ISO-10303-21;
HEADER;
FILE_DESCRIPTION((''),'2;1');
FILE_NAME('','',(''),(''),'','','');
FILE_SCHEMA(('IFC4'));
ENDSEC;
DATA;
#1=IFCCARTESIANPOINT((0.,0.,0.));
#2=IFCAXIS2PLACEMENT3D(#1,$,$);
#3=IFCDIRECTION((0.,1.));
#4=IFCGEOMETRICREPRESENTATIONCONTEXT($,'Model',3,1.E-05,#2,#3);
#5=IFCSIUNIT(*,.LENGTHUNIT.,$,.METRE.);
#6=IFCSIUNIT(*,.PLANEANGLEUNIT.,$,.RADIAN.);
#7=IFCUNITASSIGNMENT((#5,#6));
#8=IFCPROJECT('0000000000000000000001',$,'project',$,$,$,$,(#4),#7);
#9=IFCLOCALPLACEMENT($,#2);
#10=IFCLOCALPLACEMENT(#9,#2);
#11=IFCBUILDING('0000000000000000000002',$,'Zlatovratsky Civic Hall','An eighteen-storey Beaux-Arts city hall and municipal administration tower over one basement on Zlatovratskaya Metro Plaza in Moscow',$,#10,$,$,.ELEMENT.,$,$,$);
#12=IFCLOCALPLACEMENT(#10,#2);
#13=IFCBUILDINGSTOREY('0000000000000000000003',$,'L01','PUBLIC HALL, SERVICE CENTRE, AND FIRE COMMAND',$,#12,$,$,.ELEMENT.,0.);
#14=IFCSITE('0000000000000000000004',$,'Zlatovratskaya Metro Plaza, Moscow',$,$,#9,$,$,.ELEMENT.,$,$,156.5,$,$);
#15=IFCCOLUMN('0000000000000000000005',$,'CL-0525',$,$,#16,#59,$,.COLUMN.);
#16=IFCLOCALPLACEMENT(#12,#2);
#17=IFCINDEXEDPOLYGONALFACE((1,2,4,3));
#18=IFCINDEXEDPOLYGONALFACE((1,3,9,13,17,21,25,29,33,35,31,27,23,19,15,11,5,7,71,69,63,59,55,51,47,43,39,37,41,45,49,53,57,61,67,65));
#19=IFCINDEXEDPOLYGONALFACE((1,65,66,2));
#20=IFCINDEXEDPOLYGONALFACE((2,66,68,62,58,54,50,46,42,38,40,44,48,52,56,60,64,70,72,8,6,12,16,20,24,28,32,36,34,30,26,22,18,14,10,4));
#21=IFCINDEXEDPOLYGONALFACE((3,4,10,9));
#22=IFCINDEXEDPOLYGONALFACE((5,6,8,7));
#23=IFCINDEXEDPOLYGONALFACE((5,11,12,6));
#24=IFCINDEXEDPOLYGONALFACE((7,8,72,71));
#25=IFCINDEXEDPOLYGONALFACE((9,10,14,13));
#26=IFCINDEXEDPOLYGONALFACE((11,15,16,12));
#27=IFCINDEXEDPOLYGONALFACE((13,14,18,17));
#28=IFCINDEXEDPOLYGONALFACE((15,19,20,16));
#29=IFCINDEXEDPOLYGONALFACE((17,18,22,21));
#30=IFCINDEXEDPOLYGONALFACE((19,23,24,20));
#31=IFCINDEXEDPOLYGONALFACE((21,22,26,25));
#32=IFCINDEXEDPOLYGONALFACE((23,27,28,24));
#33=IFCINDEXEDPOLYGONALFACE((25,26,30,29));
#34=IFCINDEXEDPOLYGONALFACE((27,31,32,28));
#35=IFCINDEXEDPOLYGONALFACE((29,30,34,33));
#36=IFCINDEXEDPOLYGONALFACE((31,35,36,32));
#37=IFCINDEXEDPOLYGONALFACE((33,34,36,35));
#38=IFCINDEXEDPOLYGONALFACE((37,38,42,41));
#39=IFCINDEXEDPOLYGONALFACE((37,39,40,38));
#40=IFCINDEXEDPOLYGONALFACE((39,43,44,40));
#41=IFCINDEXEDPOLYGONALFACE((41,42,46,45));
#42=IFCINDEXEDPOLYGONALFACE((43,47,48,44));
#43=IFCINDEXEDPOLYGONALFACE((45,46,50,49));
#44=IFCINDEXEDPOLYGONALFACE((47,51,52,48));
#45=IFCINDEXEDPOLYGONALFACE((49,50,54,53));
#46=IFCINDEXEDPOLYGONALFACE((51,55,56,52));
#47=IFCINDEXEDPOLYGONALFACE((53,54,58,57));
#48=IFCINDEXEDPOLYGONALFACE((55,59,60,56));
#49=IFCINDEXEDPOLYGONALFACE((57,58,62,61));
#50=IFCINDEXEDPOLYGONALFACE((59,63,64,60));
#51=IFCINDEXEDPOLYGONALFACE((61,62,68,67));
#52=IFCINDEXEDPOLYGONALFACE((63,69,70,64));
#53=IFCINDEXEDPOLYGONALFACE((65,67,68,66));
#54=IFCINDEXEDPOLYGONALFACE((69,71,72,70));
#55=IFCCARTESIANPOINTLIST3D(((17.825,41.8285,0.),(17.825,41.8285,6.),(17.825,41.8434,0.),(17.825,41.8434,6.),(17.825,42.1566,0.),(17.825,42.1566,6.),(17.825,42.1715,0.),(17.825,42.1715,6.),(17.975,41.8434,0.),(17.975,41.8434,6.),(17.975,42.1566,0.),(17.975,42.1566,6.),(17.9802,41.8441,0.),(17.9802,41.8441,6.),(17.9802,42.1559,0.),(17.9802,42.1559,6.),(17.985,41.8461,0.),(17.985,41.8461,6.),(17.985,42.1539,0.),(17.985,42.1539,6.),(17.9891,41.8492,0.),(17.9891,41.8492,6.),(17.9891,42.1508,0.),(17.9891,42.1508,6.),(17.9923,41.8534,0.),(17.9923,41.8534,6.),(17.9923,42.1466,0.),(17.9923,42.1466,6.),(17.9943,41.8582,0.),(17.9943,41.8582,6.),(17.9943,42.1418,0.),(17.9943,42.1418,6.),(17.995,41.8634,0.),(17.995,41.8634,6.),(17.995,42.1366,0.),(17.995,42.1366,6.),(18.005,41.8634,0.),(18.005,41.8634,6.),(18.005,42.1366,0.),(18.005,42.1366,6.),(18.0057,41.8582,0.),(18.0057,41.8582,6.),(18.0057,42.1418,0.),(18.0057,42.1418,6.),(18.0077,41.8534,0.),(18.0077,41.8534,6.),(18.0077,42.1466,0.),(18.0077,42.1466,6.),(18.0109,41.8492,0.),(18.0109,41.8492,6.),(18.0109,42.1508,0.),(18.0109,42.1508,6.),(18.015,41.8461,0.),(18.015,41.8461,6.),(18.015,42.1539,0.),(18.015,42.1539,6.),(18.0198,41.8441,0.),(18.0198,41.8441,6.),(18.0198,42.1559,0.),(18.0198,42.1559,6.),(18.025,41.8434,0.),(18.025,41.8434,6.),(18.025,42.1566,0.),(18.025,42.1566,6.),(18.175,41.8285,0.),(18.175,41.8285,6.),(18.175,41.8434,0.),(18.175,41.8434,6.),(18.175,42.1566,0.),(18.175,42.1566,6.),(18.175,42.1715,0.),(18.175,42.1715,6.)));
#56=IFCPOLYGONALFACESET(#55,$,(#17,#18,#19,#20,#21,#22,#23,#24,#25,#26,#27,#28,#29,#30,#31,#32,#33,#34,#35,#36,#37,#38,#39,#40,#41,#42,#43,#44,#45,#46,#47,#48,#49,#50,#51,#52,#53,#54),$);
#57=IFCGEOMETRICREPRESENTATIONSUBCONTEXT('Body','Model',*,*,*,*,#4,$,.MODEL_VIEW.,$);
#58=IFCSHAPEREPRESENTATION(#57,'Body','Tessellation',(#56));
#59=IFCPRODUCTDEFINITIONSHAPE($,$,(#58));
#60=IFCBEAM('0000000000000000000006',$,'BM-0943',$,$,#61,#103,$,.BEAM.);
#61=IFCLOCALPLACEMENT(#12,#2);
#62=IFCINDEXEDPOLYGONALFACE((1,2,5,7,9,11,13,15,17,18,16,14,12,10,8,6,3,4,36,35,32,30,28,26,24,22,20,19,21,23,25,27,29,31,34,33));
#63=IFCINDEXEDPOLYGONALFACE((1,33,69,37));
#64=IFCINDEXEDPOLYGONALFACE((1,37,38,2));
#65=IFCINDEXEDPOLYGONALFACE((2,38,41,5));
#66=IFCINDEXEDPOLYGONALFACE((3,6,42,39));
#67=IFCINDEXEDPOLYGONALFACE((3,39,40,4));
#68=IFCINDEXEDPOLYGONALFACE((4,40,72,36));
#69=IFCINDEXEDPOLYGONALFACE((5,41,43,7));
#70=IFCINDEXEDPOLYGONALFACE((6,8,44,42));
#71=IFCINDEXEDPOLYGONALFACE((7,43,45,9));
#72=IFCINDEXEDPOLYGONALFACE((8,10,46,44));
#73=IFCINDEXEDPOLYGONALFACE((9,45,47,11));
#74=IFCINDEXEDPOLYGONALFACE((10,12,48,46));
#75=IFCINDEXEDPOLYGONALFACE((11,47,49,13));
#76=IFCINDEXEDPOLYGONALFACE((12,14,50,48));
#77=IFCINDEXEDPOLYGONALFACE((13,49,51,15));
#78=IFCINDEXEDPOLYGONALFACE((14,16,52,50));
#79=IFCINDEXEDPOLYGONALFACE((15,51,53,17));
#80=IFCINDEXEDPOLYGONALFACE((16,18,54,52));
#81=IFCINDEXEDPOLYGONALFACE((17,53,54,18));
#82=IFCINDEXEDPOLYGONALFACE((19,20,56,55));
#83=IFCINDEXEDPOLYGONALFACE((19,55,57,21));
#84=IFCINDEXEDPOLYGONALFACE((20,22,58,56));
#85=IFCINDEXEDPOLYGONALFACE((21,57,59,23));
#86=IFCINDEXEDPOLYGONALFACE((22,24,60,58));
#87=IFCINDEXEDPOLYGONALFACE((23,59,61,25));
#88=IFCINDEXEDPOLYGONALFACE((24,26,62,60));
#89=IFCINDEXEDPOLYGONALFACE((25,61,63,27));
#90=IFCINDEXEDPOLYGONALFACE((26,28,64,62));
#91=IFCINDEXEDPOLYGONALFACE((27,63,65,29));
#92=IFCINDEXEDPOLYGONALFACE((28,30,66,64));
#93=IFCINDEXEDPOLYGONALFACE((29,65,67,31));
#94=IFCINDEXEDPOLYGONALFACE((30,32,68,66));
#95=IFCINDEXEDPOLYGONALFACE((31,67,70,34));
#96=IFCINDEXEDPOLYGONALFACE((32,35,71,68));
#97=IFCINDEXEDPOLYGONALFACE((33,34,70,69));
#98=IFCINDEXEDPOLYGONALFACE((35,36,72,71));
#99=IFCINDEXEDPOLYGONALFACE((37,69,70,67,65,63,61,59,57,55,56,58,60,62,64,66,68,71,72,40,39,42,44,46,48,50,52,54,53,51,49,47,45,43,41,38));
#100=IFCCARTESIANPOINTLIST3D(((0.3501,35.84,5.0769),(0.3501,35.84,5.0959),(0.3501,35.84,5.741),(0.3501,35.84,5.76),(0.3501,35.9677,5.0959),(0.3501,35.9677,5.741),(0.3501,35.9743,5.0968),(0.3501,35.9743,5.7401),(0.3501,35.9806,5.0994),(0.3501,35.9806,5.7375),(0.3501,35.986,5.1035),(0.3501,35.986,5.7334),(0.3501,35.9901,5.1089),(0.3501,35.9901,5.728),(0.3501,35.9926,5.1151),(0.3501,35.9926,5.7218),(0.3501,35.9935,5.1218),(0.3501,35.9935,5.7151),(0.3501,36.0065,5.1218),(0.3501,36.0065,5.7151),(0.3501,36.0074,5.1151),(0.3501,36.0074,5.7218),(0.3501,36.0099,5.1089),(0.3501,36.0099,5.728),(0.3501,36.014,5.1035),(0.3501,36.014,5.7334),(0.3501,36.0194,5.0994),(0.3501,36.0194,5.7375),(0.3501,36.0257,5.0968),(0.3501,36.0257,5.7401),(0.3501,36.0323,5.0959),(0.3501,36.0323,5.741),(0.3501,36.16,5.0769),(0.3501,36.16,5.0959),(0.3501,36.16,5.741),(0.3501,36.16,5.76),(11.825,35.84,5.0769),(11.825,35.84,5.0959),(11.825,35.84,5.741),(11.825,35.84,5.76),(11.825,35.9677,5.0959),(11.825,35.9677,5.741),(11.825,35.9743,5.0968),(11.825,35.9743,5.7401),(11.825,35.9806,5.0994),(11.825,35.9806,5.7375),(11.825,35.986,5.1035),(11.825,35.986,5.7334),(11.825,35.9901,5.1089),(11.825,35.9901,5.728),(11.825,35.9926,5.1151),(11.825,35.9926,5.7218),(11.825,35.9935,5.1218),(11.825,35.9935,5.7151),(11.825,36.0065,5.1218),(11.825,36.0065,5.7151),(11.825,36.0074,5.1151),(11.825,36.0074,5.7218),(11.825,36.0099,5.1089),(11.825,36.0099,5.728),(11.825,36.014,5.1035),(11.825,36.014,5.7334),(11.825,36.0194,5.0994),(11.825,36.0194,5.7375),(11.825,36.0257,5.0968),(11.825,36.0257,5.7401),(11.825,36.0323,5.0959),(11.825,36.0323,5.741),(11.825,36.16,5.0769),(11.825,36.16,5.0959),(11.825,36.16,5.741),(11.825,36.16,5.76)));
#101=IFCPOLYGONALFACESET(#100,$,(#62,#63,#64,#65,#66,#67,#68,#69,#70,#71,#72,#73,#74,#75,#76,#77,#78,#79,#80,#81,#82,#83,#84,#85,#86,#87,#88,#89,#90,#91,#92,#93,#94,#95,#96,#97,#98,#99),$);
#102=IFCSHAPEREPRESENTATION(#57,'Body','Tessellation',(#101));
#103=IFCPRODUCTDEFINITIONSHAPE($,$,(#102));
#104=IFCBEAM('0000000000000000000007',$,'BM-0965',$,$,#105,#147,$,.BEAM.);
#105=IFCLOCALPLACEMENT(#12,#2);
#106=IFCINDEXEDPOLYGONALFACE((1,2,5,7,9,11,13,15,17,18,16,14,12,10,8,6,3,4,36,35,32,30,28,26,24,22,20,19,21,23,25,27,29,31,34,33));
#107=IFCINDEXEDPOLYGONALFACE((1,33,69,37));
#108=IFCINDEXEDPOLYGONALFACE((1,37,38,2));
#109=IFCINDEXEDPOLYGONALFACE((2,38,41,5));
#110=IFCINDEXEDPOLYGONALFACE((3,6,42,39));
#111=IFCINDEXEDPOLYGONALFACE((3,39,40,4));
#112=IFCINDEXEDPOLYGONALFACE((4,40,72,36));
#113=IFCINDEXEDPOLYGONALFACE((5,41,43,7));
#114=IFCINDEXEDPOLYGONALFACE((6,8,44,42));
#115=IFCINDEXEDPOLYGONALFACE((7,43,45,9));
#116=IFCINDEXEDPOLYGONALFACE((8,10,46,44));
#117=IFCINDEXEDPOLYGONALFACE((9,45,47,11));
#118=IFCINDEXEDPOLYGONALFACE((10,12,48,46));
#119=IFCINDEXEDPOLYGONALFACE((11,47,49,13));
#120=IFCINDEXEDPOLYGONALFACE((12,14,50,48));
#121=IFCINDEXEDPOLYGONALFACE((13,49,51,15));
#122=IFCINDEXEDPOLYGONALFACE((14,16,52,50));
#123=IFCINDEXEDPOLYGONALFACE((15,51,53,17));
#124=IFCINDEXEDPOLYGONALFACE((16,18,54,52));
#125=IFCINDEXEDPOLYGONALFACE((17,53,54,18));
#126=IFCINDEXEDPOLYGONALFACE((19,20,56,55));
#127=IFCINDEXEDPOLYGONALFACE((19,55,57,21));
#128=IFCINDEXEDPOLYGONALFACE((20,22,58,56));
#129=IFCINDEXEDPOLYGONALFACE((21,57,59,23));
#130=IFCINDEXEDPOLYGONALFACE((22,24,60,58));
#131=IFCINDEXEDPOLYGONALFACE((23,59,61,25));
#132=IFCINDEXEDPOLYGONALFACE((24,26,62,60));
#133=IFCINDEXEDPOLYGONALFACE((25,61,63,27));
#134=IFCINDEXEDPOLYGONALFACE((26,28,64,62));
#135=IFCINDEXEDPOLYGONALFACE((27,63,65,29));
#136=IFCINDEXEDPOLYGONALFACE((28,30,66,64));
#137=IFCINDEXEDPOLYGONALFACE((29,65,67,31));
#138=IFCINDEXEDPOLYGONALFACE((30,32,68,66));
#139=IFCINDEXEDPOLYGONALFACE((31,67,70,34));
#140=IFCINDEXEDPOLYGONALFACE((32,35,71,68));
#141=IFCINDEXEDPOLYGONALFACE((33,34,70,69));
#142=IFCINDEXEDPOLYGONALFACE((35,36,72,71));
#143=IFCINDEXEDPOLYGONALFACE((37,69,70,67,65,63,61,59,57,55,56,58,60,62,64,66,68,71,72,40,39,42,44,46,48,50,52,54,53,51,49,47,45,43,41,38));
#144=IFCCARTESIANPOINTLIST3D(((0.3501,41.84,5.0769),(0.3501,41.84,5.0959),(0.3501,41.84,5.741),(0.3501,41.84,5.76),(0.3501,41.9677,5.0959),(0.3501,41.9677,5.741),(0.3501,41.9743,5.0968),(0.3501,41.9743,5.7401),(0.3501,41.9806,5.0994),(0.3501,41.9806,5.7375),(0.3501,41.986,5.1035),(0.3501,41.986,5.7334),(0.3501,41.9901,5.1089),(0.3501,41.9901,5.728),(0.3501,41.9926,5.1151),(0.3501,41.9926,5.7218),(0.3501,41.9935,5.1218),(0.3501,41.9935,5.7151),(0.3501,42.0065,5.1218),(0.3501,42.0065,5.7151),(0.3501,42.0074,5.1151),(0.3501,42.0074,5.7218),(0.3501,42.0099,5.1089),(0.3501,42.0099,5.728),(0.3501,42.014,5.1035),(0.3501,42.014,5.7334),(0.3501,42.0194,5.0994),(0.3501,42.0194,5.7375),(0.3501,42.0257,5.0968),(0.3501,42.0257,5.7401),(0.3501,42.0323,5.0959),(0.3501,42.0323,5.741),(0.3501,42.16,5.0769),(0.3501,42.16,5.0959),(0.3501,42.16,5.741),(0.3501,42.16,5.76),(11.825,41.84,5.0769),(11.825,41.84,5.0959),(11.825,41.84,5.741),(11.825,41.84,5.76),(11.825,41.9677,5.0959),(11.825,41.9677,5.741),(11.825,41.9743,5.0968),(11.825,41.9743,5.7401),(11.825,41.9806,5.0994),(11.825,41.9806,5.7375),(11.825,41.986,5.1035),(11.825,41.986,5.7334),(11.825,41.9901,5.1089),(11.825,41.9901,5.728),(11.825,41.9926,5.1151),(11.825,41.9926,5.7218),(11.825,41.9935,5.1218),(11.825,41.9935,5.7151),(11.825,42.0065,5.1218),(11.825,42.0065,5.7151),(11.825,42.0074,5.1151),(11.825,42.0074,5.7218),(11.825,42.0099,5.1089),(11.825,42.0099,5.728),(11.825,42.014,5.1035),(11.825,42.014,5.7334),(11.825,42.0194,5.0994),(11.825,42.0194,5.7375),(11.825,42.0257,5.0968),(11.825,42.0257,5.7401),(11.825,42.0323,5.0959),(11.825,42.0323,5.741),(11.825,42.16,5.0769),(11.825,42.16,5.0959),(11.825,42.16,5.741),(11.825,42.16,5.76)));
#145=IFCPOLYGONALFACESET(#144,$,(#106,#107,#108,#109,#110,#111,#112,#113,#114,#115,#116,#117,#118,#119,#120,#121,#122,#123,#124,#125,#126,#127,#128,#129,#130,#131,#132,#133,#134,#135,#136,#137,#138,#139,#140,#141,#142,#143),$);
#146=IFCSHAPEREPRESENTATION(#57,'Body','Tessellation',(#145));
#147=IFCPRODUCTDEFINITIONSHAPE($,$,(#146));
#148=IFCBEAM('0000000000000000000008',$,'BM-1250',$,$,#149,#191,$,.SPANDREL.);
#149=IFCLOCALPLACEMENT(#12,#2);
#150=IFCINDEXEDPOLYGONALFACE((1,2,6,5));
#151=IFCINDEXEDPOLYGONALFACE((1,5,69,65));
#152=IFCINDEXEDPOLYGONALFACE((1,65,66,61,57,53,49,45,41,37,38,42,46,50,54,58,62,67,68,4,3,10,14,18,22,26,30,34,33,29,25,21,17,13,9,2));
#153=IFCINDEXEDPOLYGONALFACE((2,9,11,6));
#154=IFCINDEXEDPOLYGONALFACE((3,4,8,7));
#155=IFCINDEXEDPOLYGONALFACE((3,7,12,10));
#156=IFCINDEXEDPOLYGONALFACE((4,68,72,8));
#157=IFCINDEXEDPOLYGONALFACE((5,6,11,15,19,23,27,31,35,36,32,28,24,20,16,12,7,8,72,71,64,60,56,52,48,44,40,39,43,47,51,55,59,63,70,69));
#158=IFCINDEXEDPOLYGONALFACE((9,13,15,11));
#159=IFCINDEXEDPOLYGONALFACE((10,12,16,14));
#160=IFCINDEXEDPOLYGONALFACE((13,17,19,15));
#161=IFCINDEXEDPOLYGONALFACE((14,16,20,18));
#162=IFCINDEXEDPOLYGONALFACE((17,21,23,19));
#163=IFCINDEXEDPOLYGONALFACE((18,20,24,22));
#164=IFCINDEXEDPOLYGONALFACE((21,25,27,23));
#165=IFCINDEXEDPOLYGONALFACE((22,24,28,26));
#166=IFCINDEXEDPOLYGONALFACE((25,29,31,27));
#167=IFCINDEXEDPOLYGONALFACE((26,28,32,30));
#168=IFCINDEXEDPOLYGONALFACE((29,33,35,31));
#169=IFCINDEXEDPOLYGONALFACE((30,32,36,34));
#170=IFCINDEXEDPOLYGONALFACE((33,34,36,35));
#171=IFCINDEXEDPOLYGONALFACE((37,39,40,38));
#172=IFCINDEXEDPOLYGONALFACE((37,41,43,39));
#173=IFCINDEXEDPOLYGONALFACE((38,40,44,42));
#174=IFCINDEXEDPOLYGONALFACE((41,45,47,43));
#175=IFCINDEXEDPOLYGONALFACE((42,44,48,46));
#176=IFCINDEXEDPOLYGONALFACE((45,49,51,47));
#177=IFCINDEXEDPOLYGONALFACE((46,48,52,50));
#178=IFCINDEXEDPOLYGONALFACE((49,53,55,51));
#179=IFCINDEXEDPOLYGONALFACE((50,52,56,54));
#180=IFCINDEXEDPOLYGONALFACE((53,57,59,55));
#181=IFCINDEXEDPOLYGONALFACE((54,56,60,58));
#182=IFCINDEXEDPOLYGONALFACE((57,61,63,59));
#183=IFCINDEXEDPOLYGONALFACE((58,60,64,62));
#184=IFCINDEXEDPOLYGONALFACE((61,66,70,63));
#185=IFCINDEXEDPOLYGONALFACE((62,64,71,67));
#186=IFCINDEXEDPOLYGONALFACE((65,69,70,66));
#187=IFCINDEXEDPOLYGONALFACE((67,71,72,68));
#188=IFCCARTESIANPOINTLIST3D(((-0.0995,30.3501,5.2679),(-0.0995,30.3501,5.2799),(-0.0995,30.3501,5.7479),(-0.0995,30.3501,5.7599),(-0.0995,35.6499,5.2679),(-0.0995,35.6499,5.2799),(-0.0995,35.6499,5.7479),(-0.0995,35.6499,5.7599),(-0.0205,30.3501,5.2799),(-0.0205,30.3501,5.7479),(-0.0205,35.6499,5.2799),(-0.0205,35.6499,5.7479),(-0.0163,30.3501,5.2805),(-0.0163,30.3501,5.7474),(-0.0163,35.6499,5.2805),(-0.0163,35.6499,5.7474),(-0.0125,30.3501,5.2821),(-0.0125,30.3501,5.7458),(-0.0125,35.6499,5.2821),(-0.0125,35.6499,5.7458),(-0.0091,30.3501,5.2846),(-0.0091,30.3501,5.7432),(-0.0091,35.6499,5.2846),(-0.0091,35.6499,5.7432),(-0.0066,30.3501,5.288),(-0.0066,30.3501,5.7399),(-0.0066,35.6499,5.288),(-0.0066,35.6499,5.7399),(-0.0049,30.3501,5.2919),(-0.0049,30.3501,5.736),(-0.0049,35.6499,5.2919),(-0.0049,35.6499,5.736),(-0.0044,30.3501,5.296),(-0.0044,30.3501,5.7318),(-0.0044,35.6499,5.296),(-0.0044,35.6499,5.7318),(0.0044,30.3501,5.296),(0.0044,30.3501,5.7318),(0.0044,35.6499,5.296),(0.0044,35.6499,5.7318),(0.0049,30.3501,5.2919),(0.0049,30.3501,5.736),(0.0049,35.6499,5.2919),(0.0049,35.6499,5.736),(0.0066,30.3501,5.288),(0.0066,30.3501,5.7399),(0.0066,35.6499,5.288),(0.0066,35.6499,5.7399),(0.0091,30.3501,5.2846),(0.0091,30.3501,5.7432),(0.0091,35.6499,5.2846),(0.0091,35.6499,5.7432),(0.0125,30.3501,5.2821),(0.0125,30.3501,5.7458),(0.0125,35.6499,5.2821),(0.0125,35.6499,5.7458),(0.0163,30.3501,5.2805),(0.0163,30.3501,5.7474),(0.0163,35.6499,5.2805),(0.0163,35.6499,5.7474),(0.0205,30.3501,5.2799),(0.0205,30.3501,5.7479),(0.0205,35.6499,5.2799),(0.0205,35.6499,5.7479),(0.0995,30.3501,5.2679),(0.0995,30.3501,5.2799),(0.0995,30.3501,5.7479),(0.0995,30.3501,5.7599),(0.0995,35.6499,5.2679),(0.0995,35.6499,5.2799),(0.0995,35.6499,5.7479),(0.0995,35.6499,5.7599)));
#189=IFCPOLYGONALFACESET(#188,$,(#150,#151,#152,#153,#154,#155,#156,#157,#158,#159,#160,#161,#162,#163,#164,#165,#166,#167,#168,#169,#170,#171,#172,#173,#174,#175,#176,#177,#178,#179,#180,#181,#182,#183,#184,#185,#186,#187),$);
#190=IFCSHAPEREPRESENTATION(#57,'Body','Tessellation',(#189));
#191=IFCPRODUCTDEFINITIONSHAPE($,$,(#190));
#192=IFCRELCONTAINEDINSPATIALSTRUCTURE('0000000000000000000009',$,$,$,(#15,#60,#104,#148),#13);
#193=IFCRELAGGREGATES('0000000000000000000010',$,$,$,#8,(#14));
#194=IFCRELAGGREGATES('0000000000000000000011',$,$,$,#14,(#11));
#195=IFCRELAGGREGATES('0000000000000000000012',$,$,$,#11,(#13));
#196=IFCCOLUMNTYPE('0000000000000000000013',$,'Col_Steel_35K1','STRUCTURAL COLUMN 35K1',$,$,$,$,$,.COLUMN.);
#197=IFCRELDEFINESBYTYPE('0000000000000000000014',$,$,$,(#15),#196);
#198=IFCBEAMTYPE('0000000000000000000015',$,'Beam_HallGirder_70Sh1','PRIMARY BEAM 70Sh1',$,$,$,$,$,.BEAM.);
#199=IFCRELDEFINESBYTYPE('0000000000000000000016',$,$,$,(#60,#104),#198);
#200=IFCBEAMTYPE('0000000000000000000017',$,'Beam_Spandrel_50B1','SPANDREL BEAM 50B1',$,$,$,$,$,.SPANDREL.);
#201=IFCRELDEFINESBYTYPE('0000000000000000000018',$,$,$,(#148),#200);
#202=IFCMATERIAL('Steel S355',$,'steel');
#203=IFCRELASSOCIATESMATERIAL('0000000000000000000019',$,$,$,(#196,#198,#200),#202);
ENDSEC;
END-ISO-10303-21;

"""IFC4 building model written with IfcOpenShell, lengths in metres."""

from ifc_helpers import new_model, si_unit, direction, frame, origin, origin_2d, place, context, subcontext, project, spatial, i_section, extrude, material, material_profile, profile_set, type_object, element, save


model = new_model("IFC4")

# Units and contexts
model_context = context("Model", 3, precision=1e-05, world=origin(), true_north=direction((0.0, 1.0)))
body_context = subcontext(model_context, "Body", "Model", "MODEL_VIEW")
ifc_project = project(units=[si_unit("LENGTHUNIT", "METRE"), si_unit("PLANEANGLEUNIT", "RADIAN")], contexts=[model_context])

# Site, building, storey
site_placement = place(None, origin())
site = spatial("IfcSite", under=ifc_project, at=site_placement, Name="Zlatovratskaya Metro Plaza, Moscow", CompositionType="ELEMENT", RefElevation=156.5)
building_placement = place(site_placement, origin())
building = spatial("IfcBuilding", under=site, at=building_placement, Name="Zlatovratsky Civic Hall", Description="An eighteen-storey Beaux-Arts city hall and municipal administration tower over one basement on Zlatovratskaya Metro Plaza in Moscow", CompositionType="ELEMENT")
storey_placement = place(building_placement, origin())
storey = spatial("IfcBuildingStorey", under=building, at=storey_placement, Name="L01", Description="PUBLIC HALL, SERVICE CENTRE, AND FIRE COMMAND", CompositionType="ELEMENT", Elevation=0.0)

# Column
ifc_material_1 = material(Name="Steel S355", Category="steel")
ifc_material_profile_1 = material_profile(ifc_material_1, i_section(OverallWidth=0.3501, OverallDepth=0.343, WebThickness=0.01, FlangeThickness=0.0149, FilletRadius=0.02, at=origin_2d()), Name="35K1")
ifc_profile_set_1 = profile_set([ifc_material_profile_1], Name="Steel S355")
column_type_1 = type_object("IfcColumnType", Name="Col_Steel_35K1", Description="STRUCTURAL COLUMN 35K1", PredefinedType="COLUMN", material=ifc_profile_set_1)
for number, where, z_axis, x_axis, name in (
    (1, (18.0, 42.0, 0.0), (0.0, 0.0, 1.0), (1.0, 0.0, 0.0), "CL-0525"),
):
    element("IfcColumn", number, at=place(storey_placement, frame(where, z_axis=z_axis, x_axis=x_axis)), inside=storey, type_object=column_type_1, Name=name, PredefinedType="COLUMN", context=body_context, shape_type="SweptSolid", body=[
        extrude(i_section(OverallWidth=0.3501, OverallDepth=0.343, WebThickness=0.01, FlangeThickness=0.0149, FilletRadius=0.02, at=origin_2d()), origin(), (0.0, 0.0, 1.0), 6.0),
    ])

# Beams
ifc_material_profile_2 = material_profile(ifc_material_1, i_section(OverallWidth=0.3201, OverallDepth=0.6831, WebThickness=0.0129, FlangeThickness=0.019, FilletRadius=0.0259, at=origin_2d()), Name="70Sh1")
ifc_profile_set_2 = profile_set([ifc_material_profile_2], Name="Steel S355")
beam_type_1 = type_object("IfcBeamType", Name="Beam_HallGirder_70Sh1", Description="PRIMARY BEAM 70Sh1", PredefinedType="BEAM", material=ifc_profile_set_2)
for number, where, z_axis, x_axis, name in (
    (2, (0.3501, 36.0, 5.4185), (1.0, 0.0, 0.0), (0.0, 1.0, 0.0), "BM-0943"),
    (3, (0.3501, 42.0, 5.4185), (1.0, 0.0, 0.0), (0.0, 1.0, 0.0), "BM-0965"),
):
    element("IfcBeam", number, at=place(storey_placement, frame(where, z_axis=z_axis, x_axis=x_axis)), inside=storey, type_object=beam_type_1, Name=name, PredefinedType="BEAM", context=body_context, shape_type="SweptSolid", body=[
        extrude(i_section(OverallWidth=0.3201, OverallDepth=0.6831, WebThickness=0.0129, FlangeThickness=0.019, FilletRadius=0.0259, at=origin_2d()), origin(), (0.0, 0.0, 1.0), 11.4749),
    ])
ifc_material_profile_3 = material_profile(ifc_material_1, i_section(OverallWidth=0.199, OverallDepth=0.4919, WebThickness=0.0088, FlangeThickness=0.012, FilletRadius=0.0161, at=origin_2d()), Name="50B1")
ifc_profile_set_3 = profile_set([ifc_material_profile_3], Name="Steel S355")
beam_type_2 = type_object("IfcBeamType", Name="Beam_Spandrel_50B1", Description="SPANDREL BEAM 50B1", PredefinedType="SPANDREL", material=ifc_profile_set_3)
for number, where, z_axis, x_axis, name in (
    (4, (0.0, 30.3501, 5.5139), (0.0, 1.0, 0.0), (-1.0, 0.0, 0.0), "BM-1250"),
):
    element("IfcBeam", number, at=place(storey_placement, frame(where, z_axis=z_axis, x_axis=x_axis)), inside=storey, type_object=beam_type_2, Name=name, PredefinedType="SPANDREL", context=body_context, shape_type="SweptSolid", body=[
        extrude(i_section(OverallWidth=0.199, OverallDepth=0.4919, WebThickness=0.0088, FlangeThickness=0.012, FilletRadius=0.0161, at=origin_2d()), origin(), (0.0, 0.0, 1.0), 5.2998),
    ])

save(model, "model.ifc")
